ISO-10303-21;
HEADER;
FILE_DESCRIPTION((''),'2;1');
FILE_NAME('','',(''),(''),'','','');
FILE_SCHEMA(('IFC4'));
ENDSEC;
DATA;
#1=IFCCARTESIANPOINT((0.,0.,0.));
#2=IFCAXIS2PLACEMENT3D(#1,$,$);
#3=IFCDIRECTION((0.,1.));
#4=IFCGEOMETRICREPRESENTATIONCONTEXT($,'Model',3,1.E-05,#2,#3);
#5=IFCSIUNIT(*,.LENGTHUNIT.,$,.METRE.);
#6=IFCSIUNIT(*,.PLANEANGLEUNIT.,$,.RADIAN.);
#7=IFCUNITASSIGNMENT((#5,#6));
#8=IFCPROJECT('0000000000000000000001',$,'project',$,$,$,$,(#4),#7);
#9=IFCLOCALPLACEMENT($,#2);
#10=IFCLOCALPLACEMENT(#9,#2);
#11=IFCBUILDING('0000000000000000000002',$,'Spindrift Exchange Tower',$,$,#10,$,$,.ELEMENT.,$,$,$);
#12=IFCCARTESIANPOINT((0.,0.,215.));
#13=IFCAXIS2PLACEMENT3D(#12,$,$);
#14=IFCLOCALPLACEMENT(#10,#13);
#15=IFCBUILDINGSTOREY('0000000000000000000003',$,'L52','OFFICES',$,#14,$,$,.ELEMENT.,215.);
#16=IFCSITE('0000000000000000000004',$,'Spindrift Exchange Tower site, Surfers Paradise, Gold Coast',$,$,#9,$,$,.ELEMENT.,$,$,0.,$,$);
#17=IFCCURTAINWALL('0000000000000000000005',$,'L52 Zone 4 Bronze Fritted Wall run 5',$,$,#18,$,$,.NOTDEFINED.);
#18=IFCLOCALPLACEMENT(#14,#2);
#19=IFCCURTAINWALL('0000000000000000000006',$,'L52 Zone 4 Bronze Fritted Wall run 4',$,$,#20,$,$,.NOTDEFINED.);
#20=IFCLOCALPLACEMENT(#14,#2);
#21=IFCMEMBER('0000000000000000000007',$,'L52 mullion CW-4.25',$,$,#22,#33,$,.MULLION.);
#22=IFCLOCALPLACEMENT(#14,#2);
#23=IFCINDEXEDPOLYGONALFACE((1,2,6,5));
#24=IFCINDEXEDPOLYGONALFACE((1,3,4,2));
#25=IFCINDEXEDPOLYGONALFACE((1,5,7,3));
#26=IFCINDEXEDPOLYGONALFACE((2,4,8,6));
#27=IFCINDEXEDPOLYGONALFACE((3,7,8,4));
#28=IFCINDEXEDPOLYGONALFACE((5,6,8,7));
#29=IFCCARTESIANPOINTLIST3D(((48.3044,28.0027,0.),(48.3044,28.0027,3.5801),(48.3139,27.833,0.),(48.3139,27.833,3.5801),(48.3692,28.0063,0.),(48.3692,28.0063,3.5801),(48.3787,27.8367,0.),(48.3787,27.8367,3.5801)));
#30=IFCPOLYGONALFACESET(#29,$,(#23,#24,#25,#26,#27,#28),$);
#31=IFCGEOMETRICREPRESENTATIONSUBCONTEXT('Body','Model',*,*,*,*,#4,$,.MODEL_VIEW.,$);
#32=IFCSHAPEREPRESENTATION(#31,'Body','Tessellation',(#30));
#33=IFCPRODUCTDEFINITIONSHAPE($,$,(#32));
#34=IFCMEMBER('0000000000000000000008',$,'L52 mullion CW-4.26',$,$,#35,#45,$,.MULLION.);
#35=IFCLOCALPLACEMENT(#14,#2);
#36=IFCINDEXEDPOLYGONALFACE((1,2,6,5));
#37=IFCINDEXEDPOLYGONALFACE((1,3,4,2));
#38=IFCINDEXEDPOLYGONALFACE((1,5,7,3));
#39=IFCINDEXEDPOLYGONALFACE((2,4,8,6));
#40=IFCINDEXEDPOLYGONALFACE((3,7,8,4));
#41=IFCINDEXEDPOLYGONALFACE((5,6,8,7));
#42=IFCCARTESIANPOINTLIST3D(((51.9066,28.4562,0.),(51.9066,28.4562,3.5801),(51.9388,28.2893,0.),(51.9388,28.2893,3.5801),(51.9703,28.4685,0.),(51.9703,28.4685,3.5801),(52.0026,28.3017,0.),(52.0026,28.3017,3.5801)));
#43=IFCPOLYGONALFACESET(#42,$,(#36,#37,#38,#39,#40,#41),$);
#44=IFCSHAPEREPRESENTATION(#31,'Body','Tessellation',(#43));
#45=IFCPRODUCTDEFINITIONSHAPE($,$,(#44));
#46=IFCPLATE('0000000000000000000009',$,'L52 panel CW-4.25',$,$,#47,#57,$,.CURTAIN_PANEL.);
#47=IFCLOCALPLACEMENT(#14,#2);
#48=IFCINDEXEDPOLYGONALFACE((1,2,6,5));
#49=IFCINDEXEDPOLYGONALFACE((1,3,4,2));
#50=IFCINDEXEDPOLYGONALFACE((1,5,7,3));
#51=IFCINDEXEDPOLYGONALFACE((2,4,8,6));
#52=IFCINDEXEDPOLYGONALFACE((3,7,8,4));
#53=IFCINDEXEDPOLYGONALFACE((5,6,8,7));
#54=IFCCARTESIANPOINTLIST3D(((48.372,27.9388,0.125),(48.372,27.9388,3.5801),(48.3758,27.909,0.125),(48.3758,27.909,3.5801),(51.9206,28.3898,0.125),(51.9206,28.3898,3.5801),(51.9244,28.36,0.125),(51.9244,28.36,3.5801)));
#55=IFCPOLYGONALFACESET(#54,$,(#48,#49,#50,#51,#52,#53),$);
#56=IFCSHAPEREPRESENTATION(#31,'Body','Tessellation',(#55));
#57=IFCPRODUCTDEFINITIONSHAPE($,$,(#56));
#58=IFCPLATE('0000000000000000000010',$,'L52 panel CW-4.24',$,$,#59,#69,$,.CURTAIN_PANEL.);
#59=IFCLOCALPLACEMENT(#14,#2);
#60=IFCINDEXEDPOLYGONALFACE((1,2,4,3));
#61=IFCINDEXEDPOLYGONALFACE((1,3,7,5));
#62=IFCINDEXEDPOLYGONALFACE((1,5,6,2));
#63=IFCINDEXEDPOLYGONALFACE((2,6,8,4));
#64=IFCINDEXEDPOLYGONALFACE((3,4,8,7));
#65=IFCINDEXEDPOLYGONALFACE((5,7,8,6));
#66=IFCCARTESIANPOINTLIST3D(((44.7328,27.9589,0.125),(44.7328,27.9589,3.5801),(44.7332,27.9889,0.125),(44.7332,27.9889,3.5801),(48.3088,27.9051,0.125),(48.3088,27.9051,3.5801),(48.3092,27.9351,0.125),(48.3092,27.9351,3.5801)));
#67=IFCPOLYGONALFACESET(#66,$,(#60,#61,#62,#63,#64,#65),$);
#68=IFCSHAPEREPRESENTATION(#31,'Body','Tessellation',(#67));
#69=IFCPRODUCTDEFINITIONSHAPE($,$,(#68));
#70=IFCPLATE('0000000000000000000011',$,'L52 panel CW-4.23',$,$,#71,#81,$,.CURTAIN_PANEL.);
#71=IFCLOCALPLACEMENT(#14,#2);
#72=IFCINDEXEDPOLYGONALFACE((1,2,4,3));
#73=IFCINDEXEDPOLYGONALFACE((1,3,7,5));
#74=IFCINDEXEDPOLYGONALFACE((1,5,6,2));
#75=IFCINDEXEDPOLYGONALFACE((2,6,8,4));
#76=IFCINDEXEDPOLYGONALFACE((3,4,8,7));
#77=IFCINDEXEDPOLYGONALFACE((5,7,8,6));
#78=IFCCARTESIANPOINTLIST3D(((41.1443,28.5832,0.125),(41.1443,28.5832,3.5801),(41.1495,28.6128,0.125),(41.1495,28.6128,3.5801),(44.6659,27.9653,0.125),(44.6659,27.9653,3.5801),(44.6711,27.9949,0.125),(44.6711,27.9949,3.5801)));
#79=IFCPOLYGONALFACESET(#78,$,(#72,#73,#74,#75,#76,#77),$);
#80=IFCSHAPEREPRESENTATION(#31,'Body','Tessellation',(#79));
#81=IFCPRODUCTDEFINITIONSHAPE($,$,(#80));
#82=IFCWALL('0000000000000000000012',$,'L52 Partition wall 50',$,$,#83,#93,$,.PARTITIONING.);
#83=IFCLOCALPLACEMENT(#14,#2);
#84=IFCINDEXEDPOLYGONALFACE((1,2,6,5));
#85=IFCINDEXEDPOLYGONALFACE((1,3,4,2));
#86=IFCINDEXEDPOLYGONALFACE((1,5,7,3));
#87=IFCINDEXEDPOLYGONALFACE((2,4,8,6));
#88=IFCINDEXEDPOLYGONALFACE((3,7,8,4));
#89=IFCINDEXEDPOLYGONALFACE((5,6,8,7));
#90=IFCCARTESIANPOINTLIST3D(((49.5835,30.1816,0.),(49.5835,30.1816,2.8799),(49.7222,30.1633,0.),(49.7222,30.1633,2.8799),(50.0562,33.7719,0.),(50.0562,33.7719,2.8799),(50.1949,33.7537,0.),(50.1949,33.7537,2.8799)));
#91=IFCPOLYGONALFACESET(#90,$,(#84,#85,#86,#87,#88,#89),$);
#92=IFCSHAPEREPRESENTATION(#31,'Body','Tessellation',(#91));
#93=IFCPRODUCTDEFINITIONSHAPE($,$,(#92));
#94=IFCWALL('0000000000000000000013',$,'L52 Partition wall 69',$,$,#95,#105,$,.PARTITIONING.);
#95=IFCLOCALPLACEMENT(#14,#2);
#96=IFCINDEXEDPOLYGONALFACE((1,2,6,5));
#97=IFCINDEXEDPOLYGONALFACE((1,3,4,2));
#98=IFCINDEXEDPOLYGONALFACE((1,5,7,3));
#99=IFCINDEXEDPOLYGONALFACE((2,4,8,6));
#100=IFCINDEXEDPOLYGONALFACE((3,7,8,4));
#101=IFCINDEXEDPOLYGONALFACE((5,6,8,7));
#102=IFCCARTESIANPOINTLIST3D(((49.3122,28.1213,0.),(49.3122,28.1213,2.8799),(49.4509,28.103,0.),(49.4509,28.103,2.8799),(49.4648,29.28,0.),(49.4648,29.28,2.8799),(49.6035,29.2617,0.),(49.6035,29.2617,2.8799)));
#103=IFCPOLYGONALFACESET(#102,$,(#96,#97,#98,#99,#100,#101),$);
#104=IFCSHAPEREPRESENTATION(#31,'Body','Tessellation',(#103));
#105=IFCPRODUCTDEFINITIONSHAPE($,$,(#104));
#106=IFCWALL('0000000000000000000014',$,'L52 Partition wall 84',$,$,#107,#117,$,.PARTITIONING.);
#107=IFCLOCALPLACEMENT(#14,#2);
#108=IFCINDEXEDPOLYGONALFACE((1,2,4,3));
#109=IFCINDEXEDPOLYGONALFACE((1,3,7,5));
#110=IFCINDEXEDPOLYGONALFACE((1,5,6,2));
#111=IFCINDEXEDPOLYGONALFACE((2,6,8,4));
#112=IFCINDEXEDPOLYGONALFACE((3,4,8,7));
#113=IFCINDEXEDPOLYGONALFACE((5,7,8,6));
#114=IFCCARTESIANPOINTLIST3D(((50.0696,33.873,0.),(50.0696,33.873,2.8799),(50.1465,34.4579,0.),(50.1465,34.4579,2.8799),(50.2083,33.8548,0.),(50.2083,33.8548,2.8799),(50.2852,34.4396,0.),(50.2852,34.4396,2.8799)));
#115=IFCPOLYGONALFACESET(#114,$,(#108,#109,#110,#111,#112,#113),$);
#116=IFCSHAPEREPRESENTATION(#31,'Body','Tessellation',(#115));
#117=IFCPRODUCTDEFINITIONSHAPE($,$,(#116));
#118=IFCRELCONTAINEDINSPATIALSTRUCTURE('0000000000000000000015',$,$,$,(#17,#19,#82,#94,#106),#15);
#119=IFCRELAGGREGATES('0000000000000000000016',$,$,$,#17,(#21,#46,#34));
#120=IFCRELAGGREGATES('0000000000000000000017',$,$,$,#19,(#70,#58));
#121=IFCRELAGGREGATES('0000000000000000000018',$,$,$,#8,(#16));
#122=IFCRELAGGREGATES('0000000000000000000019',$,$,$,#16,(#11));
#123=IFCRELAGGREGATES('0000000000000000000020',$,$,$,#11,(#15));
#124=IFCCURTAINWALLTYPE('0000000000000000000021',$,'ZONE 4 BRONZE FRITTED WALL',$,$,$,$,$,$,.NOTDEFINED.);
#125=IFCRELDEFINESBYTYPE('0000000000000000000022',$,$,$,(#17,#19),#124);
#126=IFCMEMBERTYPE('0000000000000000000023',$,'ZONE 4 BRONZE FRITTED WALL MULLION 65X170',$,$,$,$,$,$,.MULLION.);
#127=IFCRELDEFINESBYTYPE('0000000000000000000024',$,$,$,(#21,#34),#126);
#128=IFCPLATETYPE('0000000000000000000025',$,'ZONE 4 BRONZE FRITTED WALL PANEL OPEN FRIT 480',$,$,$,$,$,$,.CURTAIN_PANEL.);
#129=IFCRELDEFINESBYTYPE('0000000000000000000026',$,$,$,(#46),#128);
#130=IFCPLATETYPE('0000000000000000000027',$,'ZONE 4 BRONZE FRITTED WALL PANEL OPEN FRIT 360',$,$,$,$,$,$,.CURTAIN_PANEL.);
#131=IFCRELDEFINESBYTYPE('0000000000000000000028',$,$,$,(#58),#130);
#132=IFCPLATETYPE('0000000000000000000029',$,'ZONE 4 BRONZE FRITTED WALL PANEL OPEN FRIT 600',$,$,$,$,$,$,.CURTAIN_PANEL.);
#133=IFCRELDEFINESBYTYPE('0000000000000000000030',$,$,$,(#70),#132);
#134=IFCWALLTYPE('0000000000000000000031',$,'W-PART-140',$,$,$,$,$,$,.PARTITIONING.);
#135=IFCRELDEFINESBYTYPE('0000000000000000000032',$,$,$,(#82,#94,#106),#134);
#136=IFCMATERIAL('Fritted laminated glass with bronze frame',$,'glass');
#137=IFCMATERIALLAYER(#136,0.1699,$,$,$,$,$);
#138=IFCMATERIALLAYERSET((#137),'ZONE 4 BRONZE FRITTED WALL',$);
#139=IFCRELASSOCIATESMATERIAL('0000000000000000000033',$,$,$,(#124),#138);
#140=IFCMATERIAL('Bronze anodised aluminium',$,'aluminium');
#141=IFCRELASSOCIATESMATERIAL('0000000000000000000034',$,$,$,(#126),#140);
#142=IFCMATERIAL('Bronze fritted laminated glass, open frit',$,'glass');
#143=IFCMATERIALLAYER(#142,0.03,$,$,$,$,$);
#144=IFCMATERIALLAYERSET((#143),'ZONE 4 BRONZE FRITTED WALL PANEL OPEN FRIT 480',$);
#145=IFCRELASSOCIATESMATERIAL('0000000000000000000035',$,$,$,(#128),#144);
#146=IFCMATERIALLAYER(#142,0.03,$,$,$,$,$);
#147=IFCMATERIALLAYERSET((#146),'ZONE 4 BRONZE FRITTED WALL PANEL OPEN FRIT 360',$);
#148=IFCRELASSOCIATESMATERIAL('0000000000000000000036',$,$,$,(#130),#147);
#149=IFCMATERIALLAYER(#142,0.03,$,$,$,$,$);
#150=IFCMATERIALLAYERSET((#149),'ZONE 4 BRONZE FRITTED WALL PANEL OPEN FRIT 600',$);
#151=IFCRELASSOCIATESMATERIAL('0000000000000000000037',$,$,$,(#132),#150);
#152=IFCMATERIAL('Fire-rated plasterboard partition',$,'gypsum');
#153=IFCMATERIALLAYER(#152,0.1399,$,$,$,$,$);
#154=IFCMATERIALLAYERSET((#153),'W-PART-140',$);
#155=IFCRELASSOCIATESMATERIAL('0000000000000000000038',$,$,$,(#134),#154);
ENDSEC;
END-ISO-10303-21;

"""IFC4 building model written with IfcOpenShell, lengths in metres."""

from ifc_helpers import new_model, si_unit, direction, frame, frame_2d, origin, origin_2d, place, context, subcontext, project, spatial, rectangle, extrude, source, transform, mapped, material, layer, layer_set, material_profile, profile_set, type_object, element, aggregate, save


model = new_model("IFC4")

# Units and contexts
model_context = context("Model", 3, precision=1e-05, world=origin(), true_north=direction((0.0, 1.0)))
body_context = subcontext(model_context, "Body", "Model", "MODEL_VIEW")
ifc_project = project(units=[si_unit("LENGTHUNIT", "METRE"), si_unit("PLANEANGLEUNIT", "RADIAN")], contexts=[model_context])

# Site, building, storey
site_placement = place(None, origin())
site = spatial("IfcSite", under=ifc_project, at=site_placement, Name="Spindrift Exchange Tower site, Surfers Paradise, Gold Coast", CompositionType="ELEMENT", RefElevation=0.0)
building_placement = place(site_placement, origin())
building = spatial("IfcBuilding", under=site, at=building_placement, Name="Spindrift Exchange Tower", CompositionType="ELEMENT")
storey_placement = place(building_placement, frame((0.0, 0.0, 215.0)))
storey = spatial("IfcBuildingStorey", under=building, at=storey_placement, Name="L52", Description="OFFICES", CompositionType="ELEMENT", Elevation=215.0)

# Curtain wall
ifc_material_1 = material(Name="Fritted laminated glass with bronze frame", Category="glass")
ifc_layer_1 = layer(ifc_material_1, 0.1699)
ifc_layer_set_1 = layer_set([ifc_layer_1], Name="ZONE 4 BRONZE FRITTED WALL")
curtain_wall_type = type_object("IfcCurtainWallType", Name="ZONE 4 BRONZE FRITTED WALL", PredefinedType="NOTDEFINED", material=ifc_layer_set_1)
curtain_wall_1_placement = place(storey_placement, origin())
curtain_wall_1 = element("IfcCurtainWall", 1, at=curtain_wall_1_placement, inside=storey, type_object=curtain_wall_type, Name="L52 Zone 4 Bronze Fritted Wall run 5", PredefinedType="NOTDEFINED")
ifc_material_2 = material(Name="Bronze anodised aluminium", Category="aluminium")

# Curtain wall
curtain_wall_2_placement = place(storey_placement, origin())
curtain_wall_2 = element("IfcCurtainWall", 2, at=curtain_wall_2_placement, inside=storey, type_object=curtain_wall_type, Name="L52 Zone 4 Bronze Fritted Wall run 4", PredefinedType="NOTDEFINED")

# Members
ifc_material_profile_1 = material_profile(ifc_material_2, rectangle(XDim=0.0649, YDim=0.1699, at=origin_2d()), Name="ZONE 4 BRONZE FRITTED WALL MULLION 65X170")
ifc_profile_set_1 = profile_set([ifc_material_profile_1], Name="Bronze anodised aluminium")
member_type_1 = type_object("IfcMemberType", Name="ZONE 4 BRONZE FRITTED WALL MULLION 65X170", PredefinedType="MULLION", material=ifc_profile_set_1)
shared_shape_1 = source(origin(), body_context, "Body", "SweptSolid", [
    extrude(rectangle(XDim=0.0649, YDim=0.1699, at=origin_2d()), origin(), (0.0, 0.0, 1.0), 3.5801),
])
member_1_placement = place(storey_placement, frame((48.3416, 27.9197, 0.0), z_axis=(0.0, 0.0, 1.0), x_axis=(0.99845, 0.055654, 0.0)))
member_1 = element("IfcMember", 3, at=member_1_placement, type_object=member_type_1, Name="L52 mullion CW-4.25", PredefinedType="MULLION", context=body_context, shape_type="MappedRepresentation", body=[
    mapped(shared_shape_1, transform((0.0, 0.0, 0.0), scale=1.0)),
])
member_2_placement = place(storey_placement, frame((51.9546, 28.3789, 0.0), z_axis=(0.0, 0.0, 1.0), x_axis=(0.981803, 0.1899, 0.0)))
member_2 = element("IfcMember", 4, at=member_2_placement, type_object=member_type_1, Name="L52 mullion CW-4.26", PredefinedType="MULLION", context=body_context, shape_type="MappedRepresentation", body=[
    mapped(shared_shape_1, transform((0.0, 0.0, 0.0), scale=1.0)),
])

# Plates
ifc_material_3 = material(Name="Bronze fritted laminated glass, open frit", Category="glass")
ifc_layer_2 = layer(ifc_material_3, 0.03)
ifc_layer_set_2 = layer_set([ifc_layer_2], Name="ZONE 4 BRONZE FRITTED WALL PANEL OPEN FRIT 480")
plate_type_1 = type_object("IfcPlateType", Name="ZONE 4 BRONZE FRITTED WALL PANEL OPEN FRIT 480", PredefinedType="CURTAIN_PANEL", material=ifc_layer_set_2)
shared_shape_2 = source(origin(), body_context, "Body", "SweptSolid", [
    extrude(rectangle(XDim=3.5771, YDim=0.03, at=origin_2d()), origin(), (0.0, 0.0, 1.0), 3.4551),
])
plate_1_placement = place(storey_placement, frame((50.1482, 28.1494, 0.125), z_axis=(0.0, 0.0, 1.0), x_axis=(0.99202, 0.12608, 0.0)))
plate_1 = element("IfcPlate", 5, at=plate_1_placement, type_object=plate_type_1, Name="L52 panel CW-4.25", PredefinedType="CURTAIN_PANEL", context=body_context, shape_type="MappedRepresentation", body=[
    mapped(shared_shape_2, transform((0.0, 0.0, 0.0), scale=1.0)),
])
aggregate(curtain_wall_1, [member_1, plate_1, member_2])
ifc_layer_3 = layer(ifc_material_3, 0.03)
ifc_layer_set_3 = layer_set([ifc_layer_3], Name="ZONE 4 BRONZE FRITTED WALL PANEL OPEN FRIT 360")
plate_type_2 = type_object("IfcPlateType", Name="ZONE 4 BRONZE FRITTED WALL PANEL OPEN FRIT 360", PredefinedType="CURTAIN_PANEL", material=ifc_layer_set_3)
shared_shape_3 = source(origin(), body_context, "Body", "SweptSolid", [
    extrude(rectangle(XDim=3.5764, YDim=0.03, at=origin_2d()), origin(), (0.0, 0.0, 1.0), 3.4551),
])
plate_2_placement = place(storey_placement, frame((46.521, 27.947, 0.125), z_axis=(0.0, 0.0, 1.0), x_axis=(0.999887, -0.015049, 0.0)))
plate_2 = element("IfcPlate", 6, at=plate_2_placement, type_object=plate_type_2, Name="L52 panel CW-4.24", PredefinedType="CURTAIN_PANEL", context=body_context, shape_type="MappedRepresentation", body=[
    mapped(shared_shape_3, transform((0.0, 0.0, 0.0), scale=1.0)),
])
ifc_layer_4 = layer(ifc_material_3, 0.03)
ifc_layer_set_4 = layer_set([ifc_layer_4], Name="ZONE 4 BRONZE FRITTED WALL PANEL OPEN FRIT 600")
plate_type_3 = type_object("IfcPlateType", Name="ZONE 4 BRONZE FRITTED WALL PANEL OPEN FRIT 600", PredefinedType="CURTAIN_PANEL", material=ifc_layer_set_4)
shared_shape_4 = source(origin(), body_context, "Body", "SweptSolid", [
    extrude(rectangle(XDim=3.5754, YDim=0.03, at=origin_2d()), origin(), (0.0, 0.0, 1.0), 3.4551),
])
plate_3_placement = place(storey_placement, frame((42.9077, 28.2891, 0.125), z_axis=(0.0, 0.0, 1.0), x_axis=(0.984956, -0.172808, 0.0)))
plate_3 = element("IfcPlate", 7, at=plate_3_placement, type_object=plate_type_3, Name="L52 panel CW-4.23", PredefinedType="CURTAIN_PANEL", context=body_context, shape_type="MappedRepresentation", body=[
    mapped(shared_shape_4, transform((0.0, 0.0, 0.0), scale=1.0)),
])
aggregate(curtain_wall_2, [plate_3, plate_2])

# Walls
ifc_material_4 = material(Name="Fire-rated plasterboard partition", Category="gypsum")
ifc_layer_5 = layer(ifc_material_4, 0.1399)
ifc_layer_set_5 = layer_set([ifc_layer_5], Name="W-PART-140")
wall_type = type_object("IfcWallType", Name="W-PART-140", PredefinedType="PARTITIONING", material=ifc_layer_set_5)
wall_1_placement = place(storey_placement, frame((50.1255, 33.7627, 0.0), z_axis=(0.0, 0.0, 1.0), x_axis=(-0.130521, -0.991446, 0.0)))
element("IfcWall", 8, at=wall_1_placement, inside=storey, type_object=wall_type, Name="L52 Partition wall 50", PredefinedType="PARTITIONING", context=body_context, shape_type="SweptSolid", body=[
    extrude(rectangle(XDim=3.6213, YDim=0.1399, at=frame_2d((1.8105, 0.0))), origin(), (0.0, 0.0, 1.0), 2.8799),
])
wall_2_placement = place(storey_placement, frame((49.5342, 29.271, 0.0), z_axis=(0.0, 0.0, 1.0), x_axis=(-0.130563, -0.99144, 0.0)))
element("IfcWall", 9, at=wall_2_placement, inside=storey, type_object=wall_type, Name="L52 Partition wall 69", PredefinedType="PARTITIONING", context=body_context, shape_type="SweptSolid", body=[
    extrude(rectangle(XDim=1.1687, YDim=0.1399, at=frame_2d((0.5845, 0.0))), origin(), (0.0, 0.0, 1.0), 2.8799),
])
wall_3_placement = place(storey_placement, frame((50.2158, 34.4487, 0.0), z_axis=(0.0, 0.0, 1.0), x_axis=(-0.130401, -0.991461, 0.0)))
element("IfcWall", 10, at=wall_3_placement, inside=storey, type_object=wall_type, Name="L52 Partition wall 84", PredefinedType="PARTITIONING", context=body_context, shape_type="SweptSolid", body=[
    extrude(rectangle(XDim=0.5898, YDim=0.1399, at=frame_2d((0.2949, 0.0))), origin(), (0.0, 0.0, 1.0), 2.8799),
])

save(model, "model.ifc")
